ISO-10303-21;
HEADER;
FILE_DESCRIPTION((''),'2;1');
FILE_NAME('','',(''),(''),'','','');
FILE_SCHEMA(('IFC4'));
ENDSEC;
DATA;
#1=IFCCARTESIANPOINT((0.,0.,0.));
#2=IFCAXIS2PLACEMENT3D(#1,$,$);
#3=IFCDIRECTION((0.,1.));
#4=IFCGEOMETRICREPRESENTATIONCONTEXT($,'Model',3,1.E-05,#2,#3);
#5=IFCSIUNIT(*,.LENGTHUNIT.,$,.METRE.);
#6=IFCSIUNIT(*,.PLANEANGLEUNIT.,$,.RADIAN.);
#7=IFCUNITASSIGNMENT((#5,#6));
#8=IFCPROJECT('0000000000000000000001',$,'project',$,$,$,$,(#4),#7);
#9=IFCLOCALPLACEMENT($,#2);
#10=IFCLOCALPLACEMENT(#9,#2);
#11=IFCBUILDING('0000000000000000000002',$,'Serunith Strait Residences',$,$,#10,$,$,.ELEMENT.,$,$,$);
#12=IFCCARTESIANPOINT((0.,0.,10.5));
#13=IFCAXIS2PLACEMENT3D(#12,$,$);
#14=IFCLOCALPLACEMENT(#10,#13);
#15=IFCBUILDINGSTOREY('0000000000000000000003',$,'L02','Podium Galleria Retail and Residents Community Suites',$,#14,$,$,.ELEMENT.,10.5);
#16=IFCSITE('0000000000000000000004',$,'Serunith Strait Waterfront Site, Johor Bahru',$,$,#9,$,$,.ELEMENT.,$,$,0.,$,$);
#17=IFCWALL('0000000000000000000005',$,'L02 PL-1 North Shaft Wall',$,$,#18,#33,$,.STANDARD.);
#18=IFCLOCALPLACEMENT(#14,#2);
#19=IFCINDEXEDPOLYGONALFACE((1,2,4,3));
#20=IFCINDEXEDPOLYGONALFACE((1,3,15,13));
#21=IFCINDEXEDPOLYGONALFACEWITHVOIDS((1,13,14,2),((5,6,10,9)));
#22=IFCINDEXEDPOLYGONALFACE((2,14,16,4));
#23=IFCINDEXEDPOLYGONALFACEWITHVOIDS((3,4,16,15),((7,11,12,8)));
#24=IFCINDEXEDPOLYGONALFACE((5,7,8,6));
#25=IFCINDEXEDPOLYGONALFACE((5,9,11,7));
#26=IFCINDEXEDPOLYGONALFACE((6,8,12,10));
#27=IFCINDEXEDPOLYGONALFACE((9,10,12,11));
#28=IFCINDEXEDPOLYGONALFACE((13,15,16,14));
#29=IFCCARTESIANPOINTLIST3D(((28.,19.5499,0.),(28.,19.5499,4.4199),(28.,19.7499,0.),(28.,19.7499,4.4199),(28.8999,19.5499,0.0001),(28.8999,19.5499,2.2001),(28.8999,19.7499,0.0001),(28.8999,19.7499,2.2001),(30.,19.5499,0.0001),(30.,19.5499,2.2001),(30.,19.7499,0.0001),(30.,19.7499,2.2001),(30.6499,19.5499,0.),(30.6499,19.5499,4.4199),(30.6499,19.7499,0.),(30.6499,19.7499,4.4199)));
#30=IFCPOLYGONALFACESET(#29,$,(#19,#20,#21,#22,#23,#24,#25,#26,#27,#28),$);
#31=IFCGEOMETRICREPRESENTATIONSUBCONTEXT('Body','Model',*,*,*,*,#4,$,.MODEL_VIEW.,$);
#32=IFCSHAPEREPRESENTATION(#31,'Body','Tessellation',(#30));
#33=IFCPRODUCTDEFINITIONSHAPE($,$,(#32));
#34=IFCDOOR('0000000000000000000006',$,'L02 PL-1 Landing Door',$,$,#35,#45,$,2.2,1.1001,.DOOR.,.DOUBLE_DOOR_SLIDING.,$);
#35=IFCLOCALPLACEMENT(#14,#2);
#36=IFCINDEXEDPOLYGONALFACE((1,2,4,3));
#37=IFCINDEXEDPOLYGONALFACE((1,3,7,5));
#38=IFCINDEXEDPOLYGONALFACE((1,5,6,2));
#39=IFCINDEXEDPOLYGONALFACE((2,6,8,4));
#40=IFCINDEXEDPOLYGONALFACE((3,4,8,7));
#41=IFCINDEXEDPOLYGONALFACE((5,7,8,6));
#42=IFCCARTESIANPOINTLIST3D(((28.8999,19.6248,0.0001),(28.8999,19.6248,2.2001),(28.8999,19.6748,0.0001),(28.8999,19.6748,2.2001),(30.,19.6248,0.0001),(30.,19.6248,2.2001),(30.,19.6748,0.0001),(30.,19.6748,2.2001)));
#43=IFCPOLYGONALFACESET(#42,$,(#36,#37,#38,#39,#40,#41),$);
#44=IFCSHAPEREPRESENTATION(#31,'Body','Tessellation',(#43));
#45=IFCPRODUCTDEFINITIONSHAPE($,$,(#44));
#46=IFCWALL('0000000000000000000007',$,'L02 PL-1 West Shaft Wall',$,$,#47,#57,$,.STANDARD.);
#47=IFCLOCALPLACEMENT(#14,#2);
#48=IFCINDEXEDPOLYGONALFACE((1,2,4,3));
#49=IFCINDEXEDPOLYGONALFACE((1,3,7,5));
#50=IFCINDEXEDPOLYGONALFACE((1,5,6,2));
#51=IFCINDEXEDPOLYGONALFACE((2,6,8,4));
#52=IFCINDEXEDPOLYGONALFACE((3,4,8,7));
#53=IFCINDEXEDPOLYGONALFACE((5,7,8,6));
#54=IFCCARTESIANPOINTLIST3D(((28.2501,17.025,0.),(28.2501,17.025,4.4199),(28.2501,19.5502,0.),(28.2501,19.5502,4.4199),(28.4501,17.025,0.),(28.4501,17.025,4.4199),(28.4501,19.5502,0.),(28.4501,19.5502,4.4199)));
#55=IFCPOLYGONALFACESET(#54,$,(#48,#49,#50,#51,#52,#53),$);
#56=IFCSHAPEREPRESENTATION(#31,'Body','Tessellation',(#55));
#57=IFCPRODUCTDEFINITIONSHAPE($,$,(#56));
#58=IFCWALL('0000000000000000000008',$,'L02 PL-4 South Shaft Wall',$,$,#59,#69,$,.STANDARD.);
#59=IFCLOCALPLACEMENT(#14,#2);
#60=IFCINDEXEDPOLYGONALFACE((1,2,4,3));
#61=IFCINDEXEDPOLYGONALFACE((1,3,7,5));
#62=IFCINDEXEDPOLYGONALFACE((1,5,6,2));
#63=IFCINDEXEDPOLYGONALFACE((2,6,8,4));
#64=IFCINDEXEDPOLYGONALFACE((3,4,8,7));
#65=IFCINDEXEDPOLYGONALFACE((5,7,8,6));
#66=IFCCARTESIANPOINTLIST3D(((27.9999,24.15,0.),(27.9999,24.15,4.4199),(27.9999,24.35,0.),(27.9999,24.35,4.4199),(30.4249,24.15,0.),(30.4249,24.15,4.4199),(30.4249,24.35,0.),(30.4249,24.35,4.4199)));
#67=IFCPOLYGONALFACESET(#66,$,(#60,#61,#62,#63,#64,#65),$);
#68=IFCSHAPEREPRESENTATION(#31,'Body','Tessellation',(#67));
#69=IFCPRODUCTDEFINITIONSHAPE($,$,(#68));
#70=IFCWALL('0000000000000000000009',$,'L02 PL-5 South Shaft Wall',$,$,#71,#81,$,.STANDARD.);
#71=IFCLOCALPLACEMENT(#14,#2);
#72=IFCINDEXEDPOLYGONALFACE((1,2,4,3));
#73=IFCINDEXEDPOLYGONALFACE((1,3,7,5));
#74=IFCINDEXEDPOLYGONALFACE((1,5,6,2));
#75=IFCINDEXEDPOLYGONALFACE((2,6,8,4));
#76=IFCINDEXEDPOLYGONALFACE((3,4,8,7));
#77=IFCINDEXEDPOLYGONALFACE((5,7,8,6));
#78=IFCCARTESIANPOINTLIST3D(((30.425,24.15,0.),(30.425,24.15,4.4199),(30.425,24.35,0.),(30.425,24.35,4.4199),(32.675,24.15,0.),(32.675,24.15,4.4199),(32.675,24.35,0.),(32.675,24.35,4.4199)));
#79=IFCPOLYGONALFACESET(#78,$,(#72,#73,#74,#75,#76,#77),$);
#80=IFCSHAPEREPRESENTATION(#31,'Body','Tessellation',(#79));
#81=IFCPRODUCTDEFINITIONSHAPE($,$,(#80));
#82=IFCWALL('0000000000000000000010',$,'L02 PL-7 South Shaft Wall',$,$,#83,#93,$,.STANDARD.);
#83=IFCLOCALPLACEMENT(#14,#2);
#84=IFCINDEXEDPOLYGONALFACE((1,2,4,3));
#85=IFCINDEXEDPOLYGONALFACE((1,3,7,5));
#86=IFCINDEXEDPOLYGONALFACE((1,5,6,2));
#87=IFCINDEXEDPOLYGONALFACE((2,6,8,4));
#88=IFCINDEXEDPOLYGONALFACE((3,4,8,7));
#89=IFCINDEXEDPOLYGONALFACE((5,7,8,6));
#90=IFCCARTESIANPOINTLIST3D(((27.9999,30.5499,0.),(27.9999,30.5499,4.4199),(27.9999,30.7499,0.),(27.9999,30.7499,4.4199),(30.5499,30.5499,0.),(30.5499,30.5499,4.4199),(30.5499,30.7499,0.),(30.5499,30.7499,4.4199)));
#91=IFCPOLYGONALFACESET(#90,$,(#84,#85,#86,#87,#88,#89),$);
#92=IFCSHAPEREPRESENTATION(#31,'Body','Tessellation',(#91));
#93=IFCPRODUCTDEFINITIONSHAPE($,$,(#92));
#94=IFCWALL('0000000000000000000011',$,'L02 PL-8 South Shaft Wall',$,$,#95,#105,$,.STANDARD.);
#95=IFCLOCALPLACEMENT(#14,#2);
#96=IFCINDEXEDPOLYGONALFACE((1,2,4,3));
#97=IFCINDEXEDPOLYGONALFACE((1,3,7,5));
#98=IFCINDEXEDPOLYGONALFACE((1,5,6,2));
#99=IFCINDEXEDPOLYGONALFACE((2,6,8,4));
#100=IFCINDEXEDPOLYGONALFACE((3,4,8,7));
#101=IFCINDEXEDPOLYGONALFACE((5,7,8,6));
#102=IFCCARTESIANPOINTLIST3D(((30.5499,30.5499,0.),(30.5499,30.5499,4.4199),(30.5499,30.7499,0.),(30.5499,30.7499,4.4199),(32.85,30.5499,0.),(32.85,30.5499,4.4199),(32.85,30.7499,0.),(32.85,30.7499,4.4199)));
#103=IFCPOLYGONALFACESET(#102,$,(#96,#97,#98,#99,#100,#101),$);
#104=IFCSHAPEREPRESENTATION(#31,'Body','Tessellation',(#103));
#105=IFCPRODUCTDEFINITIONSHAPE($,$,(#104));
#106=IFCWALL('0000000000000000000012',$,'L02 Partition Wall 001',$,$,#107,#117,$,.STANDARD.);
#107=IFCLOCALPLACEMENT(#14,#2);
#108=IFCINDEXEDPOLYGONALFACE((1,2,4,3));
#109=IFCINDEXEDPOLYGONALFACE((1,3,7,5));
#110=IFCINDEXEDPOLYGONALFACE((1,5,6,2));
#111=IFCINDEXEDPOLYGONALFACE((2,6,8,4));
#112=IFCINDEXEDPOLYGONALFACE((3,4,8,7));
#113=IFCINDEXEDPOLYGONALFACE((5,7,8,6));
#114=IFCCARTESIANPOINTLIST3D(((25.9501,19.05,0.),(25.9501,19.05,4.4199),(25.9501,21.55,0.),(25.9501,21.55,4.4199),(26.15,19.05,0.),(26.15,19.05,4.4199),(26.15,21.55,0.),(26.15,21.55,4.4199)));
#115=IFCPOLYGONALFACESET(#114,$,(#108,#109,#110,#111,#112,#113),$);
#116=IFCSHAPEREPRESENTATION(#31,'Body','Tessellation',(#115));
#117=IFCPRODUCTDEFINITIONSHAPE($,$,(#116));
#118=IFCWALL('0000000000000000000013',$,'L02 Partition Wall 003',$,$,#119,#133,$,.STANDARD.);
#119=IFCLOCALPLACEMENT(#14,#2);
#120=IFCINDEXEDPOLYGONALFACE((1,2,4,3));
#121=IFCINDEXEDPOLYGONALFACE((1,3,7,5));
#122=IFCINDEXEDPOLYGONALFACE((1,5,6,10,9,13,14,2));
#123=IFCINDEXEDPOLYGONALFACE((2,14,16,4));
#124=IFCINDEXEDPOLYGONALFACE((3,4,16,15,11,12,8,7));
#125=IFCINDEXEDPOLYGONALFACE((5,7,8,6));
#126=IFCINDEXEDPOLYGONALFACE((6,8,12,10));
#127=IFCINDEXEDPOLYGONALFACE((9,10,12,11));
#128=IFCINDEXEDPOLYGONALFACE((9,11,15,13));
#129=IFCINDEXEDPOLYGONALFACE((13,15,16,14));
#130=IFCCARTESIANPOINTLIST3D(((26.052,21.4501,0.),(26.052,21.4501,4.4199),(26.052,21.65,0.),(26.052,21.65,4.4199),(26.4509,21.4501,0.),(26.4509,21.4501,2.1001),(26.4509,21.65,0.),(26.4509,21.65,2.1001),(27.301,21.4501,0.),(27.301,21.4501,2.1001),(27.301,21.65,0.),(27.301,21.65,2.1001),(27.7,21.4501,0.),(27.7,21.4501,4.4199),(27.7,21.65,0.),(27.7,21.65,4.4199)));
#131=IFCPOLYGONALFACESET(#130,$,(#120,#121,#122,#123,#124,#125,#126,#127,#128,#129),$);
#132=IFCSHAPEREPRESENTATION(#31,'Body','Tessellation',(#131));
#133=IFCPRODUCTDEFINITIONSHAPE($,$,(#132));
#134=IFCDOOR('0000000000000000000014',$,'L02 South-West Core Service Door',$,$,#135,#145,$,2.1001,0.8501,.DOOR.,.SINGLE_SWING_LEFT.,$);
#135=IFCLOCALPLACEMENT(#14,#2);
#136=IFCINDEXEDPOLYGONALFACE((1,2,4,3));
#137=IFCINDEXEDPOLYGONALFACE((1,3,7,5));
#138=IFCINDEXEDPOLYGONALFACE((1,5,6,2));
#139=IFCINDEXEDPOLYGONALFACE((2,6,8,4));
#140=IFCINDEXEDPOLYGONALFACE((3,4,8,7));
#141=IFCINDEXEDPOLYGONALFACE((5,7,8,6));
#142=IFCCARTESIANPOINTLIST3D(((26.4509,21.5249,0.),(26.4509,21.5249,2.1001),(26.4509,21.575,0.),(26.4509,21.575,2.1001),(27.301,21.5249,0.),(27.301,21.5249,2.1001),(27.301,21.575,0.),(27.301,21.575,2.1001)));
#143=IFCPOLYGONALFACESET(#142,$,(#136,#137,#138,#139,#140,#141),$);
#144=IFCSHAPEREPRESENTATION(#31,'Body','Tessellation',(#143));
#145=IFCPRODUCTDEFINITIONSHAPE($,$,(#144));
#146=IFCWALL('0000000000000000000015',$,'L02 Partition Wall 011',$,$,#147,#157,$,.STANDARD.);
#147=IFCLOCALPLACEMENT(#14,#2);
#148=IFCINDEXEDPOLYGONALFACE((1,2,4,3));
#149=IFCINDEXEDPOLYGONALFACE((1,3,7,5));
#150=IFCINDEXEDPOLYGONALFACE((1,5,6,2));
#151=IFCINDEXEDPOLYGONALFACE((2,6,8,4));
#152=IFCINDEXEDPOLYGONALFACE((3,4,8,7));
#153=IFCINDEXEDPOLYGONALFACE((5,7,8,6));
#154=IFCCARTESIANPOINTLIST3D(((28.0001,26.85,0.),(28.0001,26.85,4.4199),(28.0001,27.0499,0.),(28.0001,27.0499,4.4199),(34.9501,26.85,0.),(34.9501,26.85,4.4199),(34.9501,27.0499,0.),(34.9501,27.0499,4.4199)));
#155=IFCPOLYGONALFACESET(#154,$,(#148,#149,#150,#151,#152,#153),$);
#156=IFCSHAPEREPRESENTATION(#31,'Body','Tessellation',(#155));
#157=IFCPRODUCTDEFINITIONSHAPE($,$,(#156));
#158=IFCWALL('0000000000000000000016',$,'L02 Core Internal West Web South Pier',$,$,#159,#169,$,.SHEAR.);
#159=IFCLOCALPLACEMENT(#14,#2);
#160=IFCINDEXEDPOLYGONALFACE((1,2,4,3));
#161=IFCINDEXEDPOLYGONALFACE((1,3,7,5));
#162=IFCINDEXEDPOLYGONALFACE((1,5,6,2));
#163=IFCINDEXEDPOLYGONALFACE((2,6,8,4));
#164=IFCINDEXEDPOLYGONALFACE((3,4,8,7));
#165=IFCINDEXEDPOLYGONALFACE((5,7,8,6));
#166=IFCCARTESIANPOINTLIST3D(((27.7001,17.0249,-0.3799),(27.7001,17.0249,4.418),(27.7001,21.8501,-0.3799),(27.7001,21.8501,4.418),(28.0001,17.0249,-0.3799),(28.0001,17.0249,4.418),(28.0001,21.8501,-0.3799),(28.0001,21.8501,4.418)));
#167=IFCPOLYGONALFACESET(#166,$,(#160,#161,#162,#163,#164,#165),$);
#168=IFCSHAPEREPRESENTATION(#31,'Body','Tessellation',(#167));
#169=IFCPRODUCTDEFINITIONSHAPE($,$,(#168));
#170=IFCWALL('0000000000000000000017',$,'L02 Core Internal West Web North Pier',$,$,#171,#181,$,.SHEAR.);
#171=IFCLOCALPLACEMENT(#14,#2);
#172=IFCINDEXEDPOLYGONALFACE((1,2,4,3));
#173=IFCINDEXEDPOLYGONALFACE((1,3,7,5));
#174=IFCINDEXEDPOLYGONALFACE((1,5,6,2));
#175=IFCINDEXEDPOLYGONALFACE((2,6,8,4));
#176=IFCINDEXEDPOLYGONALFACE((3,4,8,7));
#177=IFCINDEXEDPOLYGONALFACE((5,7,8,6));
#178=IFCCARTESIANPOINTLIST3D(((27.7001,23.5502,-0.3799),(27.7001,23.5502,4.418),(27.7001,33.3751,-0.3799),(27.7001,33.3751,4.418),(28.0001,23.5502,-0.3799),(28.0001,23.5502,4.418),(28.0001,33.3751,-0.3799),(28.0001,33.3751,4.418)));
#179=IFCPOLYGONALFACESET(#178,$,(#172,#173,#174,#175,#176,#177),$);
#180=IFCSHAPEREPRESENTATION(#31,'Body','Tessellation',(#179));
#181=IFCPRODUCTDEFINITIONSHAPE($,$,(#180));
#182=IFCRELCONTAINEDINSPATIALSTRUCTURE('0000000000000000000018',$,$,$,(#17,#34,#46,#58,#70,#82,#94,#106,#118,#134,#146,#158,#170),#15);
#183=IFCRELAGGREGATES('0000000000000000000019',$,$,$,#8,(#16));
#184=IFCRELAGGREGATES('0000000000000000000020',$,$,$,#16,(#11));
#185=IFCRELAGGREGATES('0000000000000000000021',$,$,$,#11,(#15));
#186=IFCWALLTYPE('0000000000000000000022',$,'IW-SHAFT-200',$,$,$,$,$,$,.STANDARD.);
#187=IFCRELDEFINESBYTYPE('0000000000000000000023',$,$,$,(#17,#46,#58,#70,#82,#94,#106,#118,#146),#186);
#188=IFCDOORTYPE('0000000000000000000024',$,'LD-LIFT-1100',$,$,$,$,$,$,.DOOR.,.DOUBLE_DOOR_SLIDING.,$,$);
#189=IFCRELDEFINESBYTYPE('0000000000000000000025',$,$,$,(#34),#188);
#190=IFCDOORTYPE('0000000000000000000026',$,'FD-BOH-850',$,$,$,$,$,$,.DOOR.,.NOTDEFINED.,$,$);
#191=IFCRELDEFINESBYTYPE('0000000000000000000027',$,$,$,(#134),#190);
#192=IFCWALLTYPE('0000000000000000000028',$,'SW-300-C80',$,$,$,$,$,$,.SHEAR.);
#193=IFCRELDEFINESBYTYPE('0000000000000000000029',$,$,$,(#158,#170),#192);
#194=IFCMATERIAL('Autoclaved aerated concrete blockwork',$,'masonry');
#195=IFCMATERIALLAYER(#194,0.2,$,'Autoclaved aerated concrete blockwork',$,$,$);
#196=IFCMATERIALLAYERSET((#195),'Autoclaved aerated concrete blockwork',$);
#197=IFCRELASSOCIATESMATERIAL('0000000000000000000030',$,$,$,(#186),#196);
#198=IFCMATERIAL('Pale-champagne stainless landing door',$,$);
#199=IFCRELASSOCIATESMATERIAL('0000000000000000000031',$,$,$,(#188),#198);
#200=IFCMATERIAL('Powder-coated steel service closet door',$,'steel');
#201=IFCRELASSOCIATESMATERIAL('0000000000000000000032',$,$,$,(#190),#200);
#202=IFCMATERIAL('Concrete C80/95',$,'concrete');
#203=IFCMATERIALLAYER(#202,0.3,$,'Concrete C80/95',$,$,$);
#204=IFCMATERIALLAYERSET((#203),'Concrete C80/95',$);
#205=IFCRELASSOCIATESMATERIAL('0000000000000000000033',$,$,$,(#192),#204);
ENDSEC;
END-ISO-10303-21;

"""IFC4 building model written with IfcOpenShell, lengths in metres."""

from ifc_helpers import new_model, si_unit, direction, frame, frame_2d, origin, place, context, subcontext, project, spatial, rectangle, extrude, source, transform, mapped, material, layer, layer_set, type_object, element, fill, save


model = new_model("IFC4")

# Units and contexts
model_context = context("Model", 3, precision=1e-05, world=origin(), true_north=direction((0.0, 1.0)))
body_context = subcontext(model_context, "Body", "Model", "MODEL_VIEW")
ifc_project = project(units=[si_unit("LENGTHUNIT", "METRE"), si_unit("PLANEANGLEUNIT", "RADIAN")], contexts=[model_context])

# Site, building, storey
site_placement = place(None, origin())
site = spatial("IfcSite", under=ifc_project, at=site_placement, Name="Serunith Strait Waterfront Site, Johor Bahru", CompositionType="ELEMENT", RefElevation=0.0)
building_placement = place(site_placement, origin())
building = spatial("IfcBuilding", under=site, at=building_placement, Name="Serunith Strait Residences", CompositionType="ELEMENT")
storey_placement = place(building_placement, frame((0.0, 0.0, 10.5)))
storey = spatial("IfcBuildingStorey", under=building, at=storey_placement, Name="L02", Description="Podium Galleria Retail and Residents Community Suites", CompositionType="ELEMENT", Elevation=10.5)

# Wall, opening, door
ifc_material_1 = material(Name="Autoclaved aerated concrete blockwork", Category="masonry")
ifc_layer_1 = layer(ifc_material_1, 0.2, Name="Autoclaved aerated concrete blockwork")
ifc_layer_set_1 = layer_set([ifc_layer_1], Name="Autoclaved aerated concrete blockwork")
wall_type_1 = type_object("IfcWallType", Name="IW-SHAFT-200", PredefinedType="STANDARD", material=ifc_layer_set_1)
wall_1_placement = place(storey_placement, frame((28.0, 19.6499, 0.0), z_axis=(0.0, 0.0, 1.0), x_axis=(1.0, 0.0, 0.0)))
wall_1 = element("IfcWall", 1, at=wall_1_placement, inside=storey, type_object=wall_type_1, Name="L02 PL-1 North Shaft Wall", PredefinedType="STANDARD", context=body_context, shape_type="SweptSolid", body=[
    extrude(rectangle(XDim=2.6499, YDim=0.2, at=frame_2d((1.325, 0.0))), origin(), (0.0, 0.0, 1.0), 4.4199),
])
opening_1_placement = place(wall_1_placement, frame((0.8999, 0.0, 0.0)))
opening_1 = element("IfcOpeningElement", 2, at=opening_1_placement, cuts=wall_1, PredefinedType="OPENING", context=body_context, shape_type="SweptSolid", body=[
    extrude(rectangle(XDim=1.1001, YDim=2.2, at=frame_2d((0.55, 1.1001))), frame((0.0, 0.1099, 0.0), z_axis=(0.0, -1.0, 0.0), x_axis=(1.0, 0.0, 0.0)), (0.0, 0.0, 1.0), 0.22),
])
ifc_material_2 = material(Name="Pale-champagne stainless landing door")
door_type_1 = type_object("IfcDoorType", Name="LD-LIFT-1100", OperationType="DOUBLE_DOOR_SLIDING", PredefinedType="DOOR", material=ifc_material_2)
shared_shape_1 = source(origin(), body_context, "Body", "SweptSolid", [
    extrude(rectangle(XDim=1.1001, YDim=2.2, at=frame_2d((0.55, 1.1001))), frame((0.0, 0.0249, 0.0), z_axis=(0.0, -1.0, 0.0), x_axis=(1.0, 0.0, 0.0)), (0.0, 0.0, 1.0), 0.05),
])
door_1_placement = place(opening_1_placement, origin())
door_1 = element("IfcDoor", 3, at=door_1_placement, inside=storey, type_object=door_type_1, Name="L02 PL-1 Landing Door", OperationType="DOUBLE_DOOR_SLIDING", OverallHeight=2.2, OverallWidth=1.1001, PredefinedType="DOOR", context=body_context, shape_type="MappedRepresentation", body=[
    mapped(shared_shape_1, transform((0.0, 0.0, 0.0), scale=1.0)),
])
fill(opening_1, door_1)

# Walls
wall_2_placement = place(storey_placement, frame((28.3501, 17.0249, 0.0), z_axis=(0.0, 0.0, 1.0), x_axis=(0.0, 1.0, 0.0)))
element("IfcWall", 4, at=wall_2_placement, inside=storey, type_object=wall_type_1, Name="L02 PL-1 West Shaft Wall", PredefinedType="STANDARD", context=body_context, shape_type="SweptSolid", body=[
    extrude(rectangle(XDim=2.5251, YDim=0.2, at=frame_2d((1.2627, 0.0))), origin(), (0.0, 0.0, 1.0), 4.4199),
])
wall_3_placement = place(storey_placement, frame((28.0, 24.25, 0.0), z_axis=(0.0, 0.0, 1.0), x_axis=(1.0, 0.0, 0.0)))
element("IfcWall", 5, at=wall_3_placement, inside=storey, type_object=wall_type_1, Name="L02 PL-4 South Shaft Wall", PredefinedType="STANDARD", context=body_context, shape_type="SweptSolid", body=[
    extrude(rectangle(XDim=2.425, YDim=0.2, at=frame_2d((1.2124, 0.0))), origin(), (0.0, 0.0, 1.0), 4.4199),
])
wall_4_placement = place(storey_placement, frame((30.425, 24.25, 0.0), z_axis=(0.0, 0.0, 1.0), x_axis=(1.0, 0.0, 0.0)))
element("IfcWall", 6, at=wall_4_placement, inside=storey, type_object=wall_type_1, Name="L02 PL-5 South Shaft Wall", PredefinedType="STANDARD", context=body_context, shape_type="SweptSolid", body=[
    extrude(rectangle(XDim=2.25, YDim=0.2, at=frame_2d((1.125, 0.0))), origin(), (0.0, 0.0, 1.0), 4.4199),
])
wall_5_placement = place(storey_placement, frame((28.0, 30.6499, 0.0), z_axis=(0.0, 0.0, 1.0), x_axis=(1.0, 0.0, 0.0)))
element("IfcWall", 7, at=wall_5_placement, inside=storey, type_object=wall_type_1, Name="L02 PL-7 South Shaft Wall", PredefinedType="STANDARD", context=body_context, shape_type="SweptSolid", body=[
    extrude(rectangle(XDim=2.55, YDim=0.2, at=frame_2d((1.2749, 0.0))), origin(), (0.0, 0.0, 1.0), 4.4199),
])
wall_6_placement = place(storey_placement, frame((30.55, 30.6499, 0.0), z_axis=(0.0, 0.0, 1.0), x_axis=(1.0, 0.0, 0.0)))
element("IfcWall", 8, at=wall_6_placement, inside=storey, type_object=wall_type_1, Name="L02 PL-8 South Shaft Wall", PredefinedType="STANDARD", context=body_context, shape_type="SweptSolid", body=[
    extrude(rectangle(XDim=2.3, YDim=0.2, at=frame_2d((1.1499, 0.0))), origin(), (0.0, 0.0, 1.0), 4.4199),
])
wall_7_placement = place(storey_placement, frame((26.05, 19.05, 0.0), z_axis=(0.0, 0.0, 1.0), x_axis=(0.0, 1.0, 0.0)))
element("IfcWall", 9, at=wall_7_placement, inside=storey, type_object=wall_type_1, Name="L02 Partition Wall 001", PredefinedType="STANDARD", context=body_context, shape_type="SweptSolid", body=[
    extrude(rectangle(XDim=2.5, YDim=0.2, at=frame_2d((1.25, 0.0))), origin(), (0.0, 0.0, 1.0), 4.4199),
])

# Wall, opening, door
wall_8_placement = place(storey_placement, frame((26.052, 21.55, 0.0), z_axis=(0.0, 0.0, 1.0), x_axis=(1.0, 0.0, 0.0)))
wall_8 = element("IfcWall", 10, at=wall_8_placement, inside=storey, type_object=wall_type_1, Name="L02 Partition Wall 003", PredefinedType="STANDARD", context=body_context, shape_type="SweptSolid", body=[
    extrude(rectangle(XDim=1.6479, YDim=0.2, at=frame_2d((0.824, 0.0))), origin(), (0.0, 0.0, 1.0), 4.4199),
])
opening_2_placement = place(wall_8_placement, frame((0.3989, 0.0, 0.0)))
opening_2 = element("IfcOpeningElement", 11, at=opening_2_placement, cuts=wall_8, PredefinedType="OPENING", context=body_context, shape_type="SweptSolid", body=[
    extrude(rectangle(XDim=0.8501, YDim=2.1001, at=frame_2d((0.425, 1.05))), frame((0.0, 0.1099, 0.0), z_axis=(0.0, -1.0, 0.0), x_axis=(1.0, 0.0, 0.0)), (0.0, 0.0, 1.0), 0.22),
])
ifc_material_3 = material(Name="Powder-coated steel service closet door", Category="steel")
door_type_2 = type_object("IfcDoorType", Name="FD-BOH-850", OperationType="NOTDEFINED", PredefinedType="DOOR", material=ifc_material_3)
shared_shape_2 = source(origin(), body_context, "Body", "SweptSolid", [
    extrude(rectangle(XDim=0.8501, YDim=2.1001, at=frame_2d((0.425, 1.05))), frame((0.0, 0.0249, 0.0), z_axis=(0.0, -1.0, 0.0), x_axis=(1.0, 0.0, 0.0)), (0.0, 0.0, 1.0), 0.05),
])
door_2_placement = place(opening_2_placement, origin())
door_2 = element("IfcDoor", 12, at=door_2_placement, inside=storey, type_object=door_type_2, Name="L02 South-West Core Service Door", OperationType="SINGLE_SWING_LEFT", OverallHeight=2.1001, OverallWidth=0.8501, PredefinedType="DOOR", context=body_context, shape_type="MappedRepresentation", body=[
    mapped(shared_shape_2, transform((0.0, 0.0, 0.0), scale=1.0)),
])
fill(opening_2, door_2)

# Walls
wall_9_placement = place(storey_placement, frame((28.0, 26.95, 0.0), z_axis=(0.0, 0.0, 1.0), x_axis=(1.0, 0.0, 0.0)))
element("IfcWall", 13, at=wall_9_placement, inside=storey, type_object=wall_type_1, Name="L02 Partition Wall 011", PredefinedType="STANDARD", context=body_context, shape_type="SweptSolid", body=[
    extrude(rectangle(XDim=6.95, YDim=0.2, at=frame_2d((3.4751, 0.0))), origin(), (0.0, 0.0, 1.0), 4.4199),
])
ifc_material_4 = material(Name="Concrete C80/95", Category="concrete")
ifc_layer_2 = layer(ifc_material_4, 0.3, Name="Concrete C80/95")
ifc_layer_set_2 = layer_set([ifc_layer_2], Name="Concrete C80/95")
wall_type_2 = type_object("IfcWallType", Name="SW-300-C80", PredefinedType="SHEAR", material=ifc_layer_set_2)
wall_10_placement = place(storey_placement, frame((27.8501, 17.0249, -0.3799), z_axis=(0.0, 0.0, 1.0), x_axis=(0.0, 1.0, 0.0)))
element("IfcWall", 14, at=wall_10_placement, inside=storey, type_object=wall_type_2, Name="L02 Core Internal West Web South Pier", PredefinedType="SHEAR", context=body_context, shape_type="SweptSolid", body=[
    extrude(rectangle(XDim=4.8252, YDim=0.3, at=frame_2d((2.4126, 0.0))), origin(), (0.0, 0.0, 1.0), 4.7979),
])
wall_11_placement = place(storey_placement, frame((27.8501, 23.55, -0.3799), z_axis=(0.0, 0.0, 1.0), x_axis=(0.0, 1.0, 0.0)))
element("IfcWall", 15, at=wall_11_placement, inside=storey, type_object=wall_type_2, Name="L02 Core Internal West Web North Pier", PredefinedType="SHEAR", context=body_context, shape_type="SweptSolid", body=[
    extrude(rectangle(XDim=9.825, YDim=0.3, at=frame_2d((4.9126, 0.0))), origin(), (0.0, 0.0, 1.0), 4.7979),
])

save(model, "model.ifc")
